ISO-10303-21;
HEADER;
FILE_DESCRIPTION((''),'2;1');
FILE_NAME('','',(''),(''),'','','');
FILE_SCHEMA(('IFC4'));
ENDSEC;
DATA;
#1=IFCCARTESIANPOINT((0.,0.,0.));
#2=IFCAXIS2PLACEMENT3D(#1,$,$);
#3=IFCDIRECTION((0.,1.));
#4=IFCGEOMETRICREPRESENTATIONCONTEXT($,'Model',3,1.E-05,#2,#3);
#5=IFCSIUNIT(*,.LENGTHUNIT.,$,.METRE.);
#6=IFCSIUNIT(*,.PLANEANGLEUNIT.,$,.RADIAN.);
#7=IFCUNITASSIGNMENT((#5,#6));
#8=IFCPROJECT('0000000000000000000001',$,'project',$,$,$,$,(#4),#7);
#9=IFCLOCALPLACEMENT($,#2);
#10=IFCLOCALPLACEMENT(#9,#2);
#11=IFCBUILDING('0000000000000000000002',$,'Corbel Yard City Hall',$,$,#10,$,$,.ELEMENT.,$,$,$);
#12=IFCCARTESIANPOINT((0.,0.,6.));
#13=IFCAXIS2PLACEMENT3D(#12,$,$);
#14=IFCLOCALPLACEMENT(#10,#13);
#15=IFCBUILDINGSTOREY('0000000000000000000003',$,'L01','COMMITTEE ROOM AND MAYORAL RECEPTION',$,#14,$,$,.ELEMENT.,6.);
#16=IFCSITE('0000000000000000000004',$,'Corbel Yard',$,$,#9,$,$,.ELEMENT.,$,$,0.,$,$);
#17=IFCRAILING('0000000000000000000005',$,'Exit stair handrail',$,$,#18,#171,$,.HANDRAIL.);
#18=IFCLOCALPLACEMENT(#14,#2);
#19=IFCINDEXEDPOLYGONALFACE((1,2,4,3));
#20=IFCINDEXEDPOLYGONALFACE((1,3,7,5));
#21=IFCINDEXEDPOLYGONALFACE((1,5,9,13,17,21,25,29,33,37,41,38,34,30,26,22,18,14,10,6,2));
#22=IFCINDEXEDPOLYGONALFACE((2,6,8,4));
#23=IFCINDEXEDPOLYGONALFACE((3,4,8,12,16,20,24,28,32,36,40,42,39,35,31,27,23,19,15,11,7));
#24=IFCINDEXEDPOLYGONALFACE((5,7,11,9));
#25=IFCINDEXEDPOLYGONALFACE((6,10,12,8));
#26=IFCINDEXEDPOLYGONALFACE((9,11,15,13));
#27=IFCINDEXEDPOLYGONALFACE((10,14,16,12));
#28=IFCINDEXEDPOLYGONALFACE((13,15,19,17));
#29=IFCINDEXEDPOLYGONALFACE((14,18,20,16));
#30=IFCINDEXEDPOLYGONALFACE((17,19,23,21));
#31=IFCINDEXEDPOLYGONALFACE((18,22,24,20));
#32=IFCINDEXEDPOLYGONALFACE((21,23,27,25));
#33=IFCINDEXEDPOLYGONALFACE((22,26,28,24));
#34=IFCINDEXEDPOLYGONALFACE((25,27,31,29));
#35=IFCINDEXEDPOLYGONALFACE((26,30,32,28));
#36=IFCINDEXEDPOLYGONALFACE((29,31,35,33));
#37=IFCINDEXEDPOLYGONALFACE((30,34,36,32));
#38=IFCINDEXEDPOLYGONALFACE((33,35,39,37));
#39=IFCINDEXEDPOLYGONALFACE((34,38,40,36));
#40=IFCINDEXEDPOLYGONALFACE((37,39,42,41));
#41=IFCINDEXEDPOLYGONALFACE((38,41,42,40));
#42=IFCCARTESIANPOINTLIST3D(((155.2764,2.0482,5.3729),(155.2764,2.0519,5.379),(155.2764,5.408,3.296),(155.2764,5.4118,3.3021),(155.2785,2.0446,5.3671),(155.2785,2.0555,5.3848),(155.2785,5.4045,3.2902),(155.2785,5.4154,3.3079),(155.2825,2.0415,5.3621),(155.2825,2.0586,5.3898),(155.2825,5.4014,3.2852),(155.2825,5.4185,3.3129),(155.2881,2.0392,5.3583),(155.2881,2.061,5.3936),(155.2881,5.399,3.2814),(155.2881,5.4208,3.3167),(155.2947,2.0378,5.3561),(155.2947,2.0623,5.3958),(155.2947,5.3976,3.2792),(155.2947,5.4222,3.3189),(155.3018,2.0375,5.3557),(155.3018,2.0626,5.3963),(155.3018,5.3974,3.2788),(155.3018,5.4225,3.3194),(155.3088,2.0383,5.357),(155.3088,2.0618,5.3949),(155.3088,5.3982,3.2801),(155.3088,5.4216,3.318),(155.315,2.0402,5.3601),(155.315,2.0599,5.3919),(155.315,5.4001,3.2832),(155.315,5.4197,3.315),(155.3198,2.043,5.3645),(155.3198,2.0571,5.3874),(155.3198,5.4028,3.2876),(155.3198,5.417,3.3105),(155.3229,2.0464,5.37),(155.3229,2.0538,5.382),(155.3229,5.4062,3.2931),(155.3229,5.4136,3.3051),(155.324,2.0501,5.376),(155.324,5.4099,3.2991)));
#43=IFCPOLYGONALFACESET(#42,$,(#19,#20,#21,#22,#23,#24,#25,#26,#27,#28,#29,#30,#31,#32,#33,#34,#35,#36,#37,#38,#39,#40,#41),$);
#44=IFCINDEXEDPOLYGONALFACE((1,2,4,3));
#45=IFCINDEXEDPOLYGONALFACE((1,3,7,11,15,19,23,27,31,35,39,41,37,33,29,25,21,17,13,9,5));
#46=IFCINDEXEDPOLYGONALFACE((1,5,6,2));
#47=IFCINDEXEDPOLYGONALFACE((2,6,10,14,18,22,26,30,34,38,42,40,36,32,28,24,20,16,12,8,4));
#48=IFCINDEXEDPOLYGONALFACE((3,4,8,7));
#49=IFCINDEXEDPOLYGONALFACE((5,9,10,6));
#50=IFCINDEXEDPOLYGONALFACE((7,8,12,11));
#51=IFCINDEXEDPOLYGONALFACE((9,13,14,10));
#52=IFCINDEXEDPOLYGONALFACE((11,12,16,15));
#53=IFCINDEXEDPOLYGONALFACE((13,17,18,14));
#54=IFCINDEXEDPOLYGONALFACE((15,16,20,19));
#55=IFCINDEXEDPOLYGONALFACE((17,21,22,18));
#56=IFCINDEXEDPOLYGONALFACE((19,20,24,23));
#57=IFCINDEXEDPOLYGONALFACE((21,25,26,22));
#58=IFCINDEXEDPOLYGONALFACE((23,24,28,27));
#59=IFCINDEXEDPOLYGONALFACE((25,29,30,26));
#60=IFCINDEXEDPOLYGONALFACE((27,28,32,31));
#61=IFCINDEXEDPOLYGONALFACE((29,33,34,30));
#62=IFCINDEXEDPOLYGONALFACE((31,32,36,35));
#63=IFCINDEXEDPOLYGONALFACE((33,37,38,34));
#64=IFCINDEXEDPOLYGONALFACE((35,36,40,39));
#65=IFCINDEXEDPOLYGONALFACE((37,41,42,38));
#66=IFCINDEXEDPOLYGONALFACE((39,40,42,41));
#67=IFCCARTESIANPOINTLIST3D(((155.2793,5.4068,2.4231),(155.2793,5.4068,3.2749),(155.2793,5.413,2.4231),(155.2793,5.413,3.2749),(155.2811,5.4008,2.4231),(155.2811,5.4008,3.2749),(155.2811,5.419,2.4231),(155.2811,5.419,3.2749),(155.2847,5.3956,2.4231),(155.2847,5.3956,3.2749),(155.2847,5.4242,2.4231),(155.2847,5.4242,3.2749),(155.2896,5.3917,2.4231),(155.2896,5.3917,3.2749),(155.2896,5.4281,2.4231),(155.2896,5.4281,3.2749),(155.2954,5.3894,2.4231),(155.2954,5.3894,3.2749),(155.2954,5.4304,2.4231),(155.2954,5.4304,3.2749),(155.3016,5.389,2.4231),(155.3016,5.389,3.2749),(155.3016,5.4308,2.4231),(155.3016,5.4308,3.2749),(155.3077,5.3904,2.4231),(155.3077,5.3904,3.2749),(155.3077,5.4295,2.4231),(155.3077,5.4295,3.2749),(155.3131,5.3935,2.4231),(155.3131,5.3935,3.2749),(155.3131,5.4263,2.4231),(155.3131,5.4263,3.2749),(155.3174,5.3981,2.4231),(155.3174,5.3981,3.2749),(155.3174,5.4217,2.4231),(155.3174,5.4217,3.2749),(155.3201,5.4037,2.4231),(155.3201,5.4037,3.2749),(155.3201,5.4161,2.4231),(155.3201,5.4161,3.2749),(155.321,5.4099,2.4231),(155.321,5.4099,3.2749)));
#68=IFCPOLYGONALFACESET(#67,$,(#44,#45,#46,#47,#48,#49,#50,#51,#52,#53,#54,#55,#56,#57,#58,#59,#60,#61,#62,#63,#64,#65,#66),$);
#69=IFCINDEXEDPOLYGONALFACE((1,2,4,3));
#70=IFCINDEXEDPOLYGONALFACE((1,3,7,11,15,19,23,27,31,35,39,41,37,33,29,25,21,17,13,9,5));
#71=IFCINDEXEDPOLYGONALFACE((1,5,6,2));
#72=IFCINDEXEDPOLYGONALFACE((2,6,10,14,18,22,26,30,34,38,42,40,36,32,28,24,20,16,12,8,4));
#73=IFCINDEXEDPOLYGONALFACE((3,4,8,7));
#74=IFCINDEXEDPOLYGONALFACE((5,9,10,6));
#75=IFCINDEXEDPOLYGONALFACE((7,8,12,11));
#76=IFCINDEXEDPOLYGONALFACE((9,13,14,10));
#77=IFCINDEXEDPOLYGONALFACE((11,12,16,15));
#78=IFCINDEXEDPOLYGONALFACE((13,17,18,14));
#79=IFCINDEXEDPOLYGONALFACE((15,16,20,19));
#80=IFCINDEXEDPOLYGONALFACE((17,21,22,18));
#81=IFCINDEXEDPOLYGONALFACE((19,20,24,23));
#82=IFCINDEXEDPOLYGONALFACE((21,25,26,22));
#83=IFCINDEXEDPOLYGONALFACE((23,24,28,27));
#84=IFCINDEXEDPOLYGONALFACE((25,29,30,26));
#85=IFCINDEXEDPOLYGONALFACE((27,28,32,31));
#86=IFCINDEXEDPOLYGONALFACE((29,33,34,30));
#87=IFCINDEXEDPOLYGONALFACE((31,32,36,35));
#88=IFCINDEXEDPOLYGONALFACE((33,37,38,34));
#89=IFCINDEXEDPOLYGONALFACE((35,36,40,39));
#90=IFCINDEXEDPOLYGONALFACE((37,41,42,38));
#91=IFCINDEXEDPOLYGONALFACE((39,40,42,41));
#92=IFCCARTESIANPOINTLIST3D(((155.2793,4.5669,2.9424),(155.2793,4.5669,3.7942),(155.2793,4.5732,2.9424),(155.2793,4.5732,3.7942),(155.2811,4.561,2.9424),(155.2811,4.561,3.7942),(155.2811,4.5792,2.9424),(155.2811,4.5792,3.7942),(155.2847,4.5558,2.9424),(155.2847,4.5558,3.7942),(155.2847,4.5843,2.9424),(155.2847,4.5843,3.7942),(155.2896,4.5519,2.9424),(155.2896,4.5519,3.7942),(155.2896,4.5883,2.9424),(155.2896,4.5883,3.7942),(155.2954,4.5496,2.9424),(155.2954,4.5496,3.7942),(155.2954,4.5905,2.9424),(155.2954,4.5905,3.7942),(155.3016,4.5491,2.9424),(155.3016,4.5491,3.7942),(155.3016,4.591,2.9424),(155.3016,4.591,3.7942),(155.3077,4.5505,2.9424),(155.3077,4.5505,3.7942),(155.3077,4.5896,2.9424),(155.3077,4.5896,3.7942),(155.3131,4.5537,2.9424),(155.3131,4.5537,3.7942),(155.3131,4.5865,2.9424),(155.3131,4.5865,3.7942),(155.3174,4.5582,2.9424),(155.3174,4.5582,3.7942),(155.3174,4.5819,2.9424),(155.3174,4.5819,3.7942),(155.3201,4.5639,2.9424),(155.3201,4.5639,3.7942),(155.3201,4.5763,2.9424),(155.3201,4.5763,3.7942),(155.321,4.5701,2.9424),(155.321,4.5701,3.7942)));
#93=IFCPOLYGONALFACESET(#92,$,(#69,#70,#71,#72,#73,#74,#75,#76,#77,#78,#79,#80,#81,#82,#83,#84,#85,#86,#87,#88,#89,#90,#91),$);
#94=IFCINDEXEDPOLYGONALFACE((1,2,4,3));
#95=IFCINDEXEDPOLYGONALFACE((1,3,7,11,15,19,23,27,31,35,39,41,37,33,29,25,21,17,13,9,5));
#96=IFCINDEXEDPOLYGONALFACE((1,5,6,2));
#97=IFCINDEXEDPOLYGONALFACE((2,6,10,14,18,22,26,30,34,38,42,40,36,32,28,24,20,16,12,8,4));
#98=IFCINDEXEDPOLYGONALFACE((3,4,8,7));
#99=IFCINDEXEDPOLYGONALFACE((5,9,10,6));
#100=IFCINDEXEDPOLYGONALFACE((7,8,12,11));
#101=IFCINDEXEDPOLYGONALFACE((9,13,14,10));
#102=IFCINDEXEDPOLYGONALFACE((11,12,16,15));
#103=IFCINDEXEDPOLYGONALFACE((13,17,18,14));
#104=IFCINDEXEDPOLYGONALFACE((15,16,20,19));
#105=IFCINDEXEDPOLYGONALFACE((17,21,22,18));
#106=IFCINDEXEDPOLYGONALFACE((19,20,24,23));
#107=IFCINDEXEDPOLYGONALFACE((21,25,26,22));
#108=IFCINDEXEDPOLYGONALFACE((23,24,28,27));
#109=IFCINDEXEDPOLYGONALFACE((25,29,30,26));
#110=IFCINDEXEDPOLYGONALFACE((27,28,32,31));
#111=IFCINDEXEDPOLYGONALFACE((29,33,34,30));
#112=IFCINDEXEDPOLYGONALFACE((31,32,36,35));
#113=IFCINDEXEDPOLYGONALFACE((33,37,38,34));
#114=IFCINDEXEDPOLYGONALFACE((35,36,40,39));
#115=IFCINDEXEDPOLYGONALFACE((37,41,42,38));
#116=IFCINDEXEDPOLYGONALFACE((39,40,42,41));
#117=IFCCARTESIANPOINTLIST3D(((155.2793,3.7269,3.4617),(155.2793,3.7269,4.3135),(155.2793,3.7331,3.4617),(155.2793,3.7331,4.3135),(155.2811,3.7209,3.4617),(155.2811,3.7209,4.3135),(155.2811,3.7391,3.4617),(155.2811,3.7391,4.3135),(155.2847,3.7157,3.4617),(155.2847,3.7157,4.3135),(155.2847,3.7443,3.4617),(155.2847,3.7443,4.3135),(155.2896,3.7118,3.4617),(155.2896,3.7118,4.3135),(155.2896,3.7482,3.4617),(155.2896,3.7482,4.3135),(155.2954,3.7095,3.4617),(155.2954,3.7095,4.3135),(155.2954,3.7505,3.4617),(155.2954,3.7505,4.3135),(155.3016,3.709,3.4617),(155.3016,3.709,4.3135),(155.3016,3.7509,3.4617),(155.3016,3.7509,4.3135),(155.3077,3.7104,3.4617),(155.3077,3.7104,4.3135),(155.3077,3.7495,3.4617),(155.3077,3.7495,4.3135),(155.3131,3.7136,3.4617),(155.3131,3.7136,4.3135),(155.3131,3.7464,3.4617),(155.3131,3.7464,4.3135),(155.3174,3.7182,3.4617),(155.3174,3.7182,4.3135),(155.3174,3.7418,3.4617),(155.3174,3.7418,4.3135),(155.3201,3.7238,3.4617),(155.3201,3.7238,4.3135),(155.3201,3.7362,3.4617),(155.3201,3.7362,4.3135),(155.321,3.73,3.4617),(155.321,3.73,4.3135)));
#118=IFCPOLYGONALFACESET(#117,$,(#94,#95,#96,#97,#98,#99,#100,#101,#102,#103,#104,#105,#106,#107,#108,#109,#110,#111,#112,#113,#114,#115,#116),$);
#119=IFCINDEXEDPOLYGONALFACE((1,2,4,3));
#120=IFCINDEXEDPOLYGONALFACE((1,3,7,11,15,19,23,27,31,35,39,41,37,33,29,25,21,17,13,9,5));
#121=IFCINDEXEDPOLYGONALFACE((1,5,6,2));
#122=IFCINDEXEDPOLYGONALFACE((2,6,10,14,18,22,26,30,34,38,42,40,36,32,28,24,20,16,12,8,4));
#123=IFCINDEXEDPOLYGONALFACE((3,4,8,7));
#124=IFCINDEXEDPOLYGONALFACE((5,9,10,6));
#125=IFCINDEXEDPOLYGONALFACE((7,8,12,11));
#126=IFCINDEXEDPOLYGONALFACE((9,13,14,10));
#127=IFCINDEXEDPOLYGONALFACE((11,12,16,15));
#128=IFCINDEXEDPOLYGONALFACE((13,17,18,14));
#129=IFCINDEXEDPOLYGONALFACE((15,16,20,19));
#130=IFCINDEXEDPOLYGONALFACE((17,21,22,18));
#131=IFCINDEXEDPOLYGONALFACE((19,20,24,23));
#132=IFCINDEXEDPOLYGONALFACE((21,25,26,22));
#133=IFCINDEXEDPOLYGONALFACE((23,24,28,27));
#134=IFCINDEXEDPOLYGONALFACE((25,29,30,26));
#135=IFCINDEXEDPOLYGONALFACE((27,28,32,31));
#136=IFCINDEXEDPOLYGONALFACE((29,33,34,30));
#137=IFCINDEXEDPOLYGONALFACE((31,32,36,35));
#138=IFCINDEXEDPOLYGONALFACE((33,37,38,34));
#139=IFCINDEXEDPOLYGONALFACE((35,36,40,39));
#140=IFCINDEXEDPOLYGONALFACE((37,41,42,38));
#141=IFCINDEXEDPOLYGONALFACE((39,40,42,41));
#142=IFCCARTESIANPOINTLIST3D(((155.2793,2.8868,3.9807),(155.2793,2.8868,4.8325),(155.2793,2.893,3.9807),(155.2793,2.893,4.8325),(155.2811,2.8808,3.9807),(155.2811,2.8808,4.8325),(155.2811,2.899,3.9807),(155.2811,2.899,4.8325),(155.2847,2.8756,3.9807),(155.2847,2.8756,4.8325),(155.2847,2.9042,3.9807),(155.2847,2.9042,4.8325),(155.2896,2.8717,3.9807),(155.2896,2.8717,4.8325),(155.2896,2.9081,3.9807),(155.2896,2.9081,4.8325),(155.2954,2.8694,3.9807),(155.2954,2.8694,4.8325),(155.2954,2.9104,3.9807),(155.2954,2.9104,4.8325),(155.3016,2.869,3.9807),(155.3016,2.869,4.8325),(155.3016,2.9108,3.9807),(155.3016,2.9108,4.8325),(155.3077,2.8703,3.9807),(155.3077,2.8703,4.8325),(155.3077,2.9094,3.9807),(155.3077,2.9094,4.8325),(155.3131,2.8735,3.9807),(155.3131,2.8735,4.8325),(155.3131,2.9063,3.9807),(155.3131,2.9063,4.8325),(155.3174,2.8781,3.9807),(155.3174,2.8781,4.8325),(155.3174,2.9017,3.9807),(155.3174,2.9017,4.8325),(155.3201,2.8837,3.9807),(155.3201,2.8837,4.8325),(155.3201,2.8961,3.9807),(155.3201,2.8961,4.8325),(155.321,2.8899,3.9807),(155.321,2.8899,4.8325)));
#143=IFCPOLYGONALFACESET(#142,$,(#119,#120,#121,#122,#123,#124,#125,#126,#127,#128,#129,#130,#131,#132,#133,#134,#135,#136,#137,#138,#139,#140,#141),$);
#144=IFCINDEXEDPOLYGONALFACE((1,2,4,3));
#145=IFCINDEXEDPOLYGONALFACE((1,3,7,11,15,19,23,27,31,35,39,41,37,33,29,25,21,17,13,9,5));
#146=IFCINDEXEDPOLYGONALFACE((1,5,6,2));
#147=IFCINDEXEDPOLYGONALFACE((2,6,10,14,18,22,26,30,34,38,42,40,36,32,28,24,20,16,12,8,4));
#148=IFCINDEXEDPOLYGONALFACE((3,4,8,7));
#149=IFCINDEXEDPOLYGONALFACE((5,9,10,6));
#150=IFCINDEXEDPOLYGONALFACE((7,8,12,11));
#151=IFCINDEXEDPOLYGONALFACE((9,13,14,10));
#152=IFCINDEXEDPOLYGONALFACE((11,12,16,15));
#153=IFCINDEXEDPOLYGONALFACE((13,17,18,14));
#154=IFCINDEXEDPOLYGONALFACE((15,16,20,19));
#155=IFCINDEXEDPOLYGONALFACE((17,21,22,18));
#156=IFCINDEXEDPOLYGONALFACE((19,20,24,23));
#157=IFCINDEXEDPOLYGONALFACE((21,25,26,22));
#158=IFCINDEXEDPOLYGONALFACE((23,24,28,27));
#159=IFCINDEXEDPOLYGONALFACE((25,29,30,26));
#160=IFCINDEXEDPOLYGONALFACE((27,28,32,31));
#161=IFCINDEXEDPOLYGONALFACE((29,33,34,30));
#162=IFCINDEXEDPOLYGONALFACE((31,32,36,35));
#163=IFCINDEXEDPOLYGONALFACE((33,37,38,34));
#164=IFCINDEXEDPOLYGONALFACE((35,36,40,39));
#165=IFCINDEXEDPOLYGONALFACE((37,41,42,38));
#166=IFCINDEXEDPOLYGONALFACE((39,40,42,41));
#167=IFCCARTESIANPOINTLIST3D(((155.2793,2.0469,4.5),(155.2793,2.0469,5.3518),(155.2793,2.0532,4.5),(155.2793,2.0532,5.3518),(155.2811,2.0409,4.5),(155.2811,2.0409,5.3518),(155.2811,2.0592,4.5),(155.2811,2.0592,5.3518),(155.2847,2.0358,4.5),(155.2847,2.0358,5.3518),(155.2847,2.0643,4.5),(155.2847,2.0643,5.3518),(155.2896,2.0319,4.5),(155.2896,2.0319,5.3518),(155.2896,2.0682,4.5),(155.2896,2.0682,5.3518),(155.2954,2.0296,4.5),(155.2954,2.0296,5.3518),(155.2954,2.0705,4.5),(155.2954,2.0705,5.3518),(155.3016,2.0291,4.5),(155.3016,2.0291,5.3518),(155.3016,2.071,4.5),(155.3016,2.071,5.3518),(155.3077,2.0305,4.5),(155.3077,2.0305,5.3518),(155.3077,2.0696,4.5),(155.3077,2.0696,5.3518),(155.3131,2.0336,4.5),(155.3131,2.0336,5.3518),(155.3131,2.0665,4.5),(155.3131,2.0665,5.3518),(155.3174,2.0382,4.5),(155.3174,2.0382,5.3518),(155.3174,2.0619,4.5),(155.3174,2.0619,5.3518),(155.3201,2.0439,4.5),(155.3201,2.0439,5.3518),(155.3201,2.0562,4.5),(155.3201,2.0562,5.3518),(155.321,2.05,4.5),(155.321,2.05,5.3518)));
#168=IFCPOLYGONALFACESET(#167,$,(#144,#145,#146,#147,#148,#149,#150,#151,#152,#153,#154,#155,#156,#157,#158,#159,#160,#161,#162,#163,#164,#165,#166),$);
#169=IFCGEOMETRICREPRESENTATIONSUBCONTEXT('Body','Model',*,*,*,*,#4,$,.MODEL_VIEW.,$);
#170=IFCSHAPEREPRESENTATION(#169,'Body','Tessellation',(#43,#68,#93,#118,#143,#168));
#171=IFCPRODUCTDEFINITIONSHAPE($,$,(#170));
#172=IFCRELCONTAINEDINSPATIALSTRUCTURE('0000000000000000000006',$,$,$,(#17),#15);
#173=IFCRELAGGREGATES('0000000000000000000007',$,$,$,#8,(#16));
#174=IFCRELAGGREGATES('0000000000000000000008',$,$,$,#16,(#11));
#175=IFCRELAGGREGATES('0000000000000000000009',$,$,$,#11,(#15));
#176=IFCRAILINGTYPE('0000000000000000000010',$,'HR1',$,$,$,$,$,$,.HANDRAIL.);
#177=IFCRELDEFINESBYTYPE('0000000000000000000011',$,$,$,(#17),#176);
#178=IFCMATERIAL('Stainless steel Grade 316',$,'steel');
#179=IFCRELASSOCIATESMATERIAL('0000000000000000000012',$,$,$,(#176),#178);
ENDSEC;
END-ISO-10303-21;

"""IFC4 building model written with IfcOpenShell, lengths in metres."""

from ifc_helpers import new_model, si_unit, direction, frame, origin, origin_2d, place, context, subcontext, project, spatial, circle, extrude, material, type_object, element, save


model = new_model("IFC4")

# Units and contexts
model_context = context("Model", 3, precision=1e-05, world=origin(), true_north=direction((0.0, 1.0)))
body_context = subcontext(model_context, "Body", "Model", "MODEL_VIEW")
ifc_project = project(units=[si_unit("LENGTHUNIT", "METRE"), si_unit("PLANEANGLEUNIT", "RADIAN")], contexts=[model_context])

# Site, building, storey
site_placement = place(None, origin())
site = spatial("IfcSite", under=ifc_project, at=site_placement, Name="Corbel Yard", CompositionType="ELEMENT", RefElevation=0.0)
building_placement = place(site_placement, origin())
building = spatial("IfcBuilding", under=site, at=building_placement, Name="Corbel Yard City Hall", CompositionType="ELEMENT")
storey_placement = place(building_placement, frame((0.0, 0.0, 6.0)))
storey = spatial("IfcBuildingStorey", under=building, at=storey_placement, Name="L01", Description="COMMITTEE ROOM AND MAYORAL RECEPTION", CompositionType="ELEMENT", Elevation=6.0)

# Railing
ifc_material_1 = material(Name="Stainless steel Grade 316", Category="steel")
railing_type_1 = type_object("IfcRailingType", Name="HR1", PredefinedType="HANDRAIL", material=ifc_material_1)
railing_1_placement = place(storey_placement, frame((155.3, 5.4099, 2.4231)))
element("IfcRailing", 1, at=railing_1_placement, inside=storey, type_object=railing_type_1, Name="Exit stair handrail", PredefinedType="HANDRAIL", context=body_context, shape_type="SweptSolid", body=[
    extrude(circle(Radius=0.0239, at=origin_2d()), frame((0.0, 0.0, 0.876), z_axis=(0.0, -0.850606, 0.525803), x_axis=(1.0, 0.0, 0.0)), (0.0, 0.0, 1.0), 3.95),
    extrude(circle(Radius=0.021, at=origin_2d()), origin(), (0.0, 0.0, 1.0), 0.8518),
    extrude(circle(Radius=0.021, at=origin_2d()), frame((0.0, -0.8398, 0.5193)), (0.0, 0.0, 1.0), 0.8518),
    extrude(circle(Radius=0.021, at=origin_2d()), frame((0.0, -1.6799, 1.0386)), (0.0, 0.0, 1.0), 0.8518),
    extrude(circle(Radius=0.021, at=origin_2d()), frame((0.0, -2.52, 1.5576)), (0.0, 0.0, 1.0), 0.8518),
    extrude(circle(Radius=0.021, at=origin_2d()), frame((0.0, -3.3599, 2.0769)), (0.0, 0.0, 1.0), 0.8518),
])

save(model, "model.ifc")
